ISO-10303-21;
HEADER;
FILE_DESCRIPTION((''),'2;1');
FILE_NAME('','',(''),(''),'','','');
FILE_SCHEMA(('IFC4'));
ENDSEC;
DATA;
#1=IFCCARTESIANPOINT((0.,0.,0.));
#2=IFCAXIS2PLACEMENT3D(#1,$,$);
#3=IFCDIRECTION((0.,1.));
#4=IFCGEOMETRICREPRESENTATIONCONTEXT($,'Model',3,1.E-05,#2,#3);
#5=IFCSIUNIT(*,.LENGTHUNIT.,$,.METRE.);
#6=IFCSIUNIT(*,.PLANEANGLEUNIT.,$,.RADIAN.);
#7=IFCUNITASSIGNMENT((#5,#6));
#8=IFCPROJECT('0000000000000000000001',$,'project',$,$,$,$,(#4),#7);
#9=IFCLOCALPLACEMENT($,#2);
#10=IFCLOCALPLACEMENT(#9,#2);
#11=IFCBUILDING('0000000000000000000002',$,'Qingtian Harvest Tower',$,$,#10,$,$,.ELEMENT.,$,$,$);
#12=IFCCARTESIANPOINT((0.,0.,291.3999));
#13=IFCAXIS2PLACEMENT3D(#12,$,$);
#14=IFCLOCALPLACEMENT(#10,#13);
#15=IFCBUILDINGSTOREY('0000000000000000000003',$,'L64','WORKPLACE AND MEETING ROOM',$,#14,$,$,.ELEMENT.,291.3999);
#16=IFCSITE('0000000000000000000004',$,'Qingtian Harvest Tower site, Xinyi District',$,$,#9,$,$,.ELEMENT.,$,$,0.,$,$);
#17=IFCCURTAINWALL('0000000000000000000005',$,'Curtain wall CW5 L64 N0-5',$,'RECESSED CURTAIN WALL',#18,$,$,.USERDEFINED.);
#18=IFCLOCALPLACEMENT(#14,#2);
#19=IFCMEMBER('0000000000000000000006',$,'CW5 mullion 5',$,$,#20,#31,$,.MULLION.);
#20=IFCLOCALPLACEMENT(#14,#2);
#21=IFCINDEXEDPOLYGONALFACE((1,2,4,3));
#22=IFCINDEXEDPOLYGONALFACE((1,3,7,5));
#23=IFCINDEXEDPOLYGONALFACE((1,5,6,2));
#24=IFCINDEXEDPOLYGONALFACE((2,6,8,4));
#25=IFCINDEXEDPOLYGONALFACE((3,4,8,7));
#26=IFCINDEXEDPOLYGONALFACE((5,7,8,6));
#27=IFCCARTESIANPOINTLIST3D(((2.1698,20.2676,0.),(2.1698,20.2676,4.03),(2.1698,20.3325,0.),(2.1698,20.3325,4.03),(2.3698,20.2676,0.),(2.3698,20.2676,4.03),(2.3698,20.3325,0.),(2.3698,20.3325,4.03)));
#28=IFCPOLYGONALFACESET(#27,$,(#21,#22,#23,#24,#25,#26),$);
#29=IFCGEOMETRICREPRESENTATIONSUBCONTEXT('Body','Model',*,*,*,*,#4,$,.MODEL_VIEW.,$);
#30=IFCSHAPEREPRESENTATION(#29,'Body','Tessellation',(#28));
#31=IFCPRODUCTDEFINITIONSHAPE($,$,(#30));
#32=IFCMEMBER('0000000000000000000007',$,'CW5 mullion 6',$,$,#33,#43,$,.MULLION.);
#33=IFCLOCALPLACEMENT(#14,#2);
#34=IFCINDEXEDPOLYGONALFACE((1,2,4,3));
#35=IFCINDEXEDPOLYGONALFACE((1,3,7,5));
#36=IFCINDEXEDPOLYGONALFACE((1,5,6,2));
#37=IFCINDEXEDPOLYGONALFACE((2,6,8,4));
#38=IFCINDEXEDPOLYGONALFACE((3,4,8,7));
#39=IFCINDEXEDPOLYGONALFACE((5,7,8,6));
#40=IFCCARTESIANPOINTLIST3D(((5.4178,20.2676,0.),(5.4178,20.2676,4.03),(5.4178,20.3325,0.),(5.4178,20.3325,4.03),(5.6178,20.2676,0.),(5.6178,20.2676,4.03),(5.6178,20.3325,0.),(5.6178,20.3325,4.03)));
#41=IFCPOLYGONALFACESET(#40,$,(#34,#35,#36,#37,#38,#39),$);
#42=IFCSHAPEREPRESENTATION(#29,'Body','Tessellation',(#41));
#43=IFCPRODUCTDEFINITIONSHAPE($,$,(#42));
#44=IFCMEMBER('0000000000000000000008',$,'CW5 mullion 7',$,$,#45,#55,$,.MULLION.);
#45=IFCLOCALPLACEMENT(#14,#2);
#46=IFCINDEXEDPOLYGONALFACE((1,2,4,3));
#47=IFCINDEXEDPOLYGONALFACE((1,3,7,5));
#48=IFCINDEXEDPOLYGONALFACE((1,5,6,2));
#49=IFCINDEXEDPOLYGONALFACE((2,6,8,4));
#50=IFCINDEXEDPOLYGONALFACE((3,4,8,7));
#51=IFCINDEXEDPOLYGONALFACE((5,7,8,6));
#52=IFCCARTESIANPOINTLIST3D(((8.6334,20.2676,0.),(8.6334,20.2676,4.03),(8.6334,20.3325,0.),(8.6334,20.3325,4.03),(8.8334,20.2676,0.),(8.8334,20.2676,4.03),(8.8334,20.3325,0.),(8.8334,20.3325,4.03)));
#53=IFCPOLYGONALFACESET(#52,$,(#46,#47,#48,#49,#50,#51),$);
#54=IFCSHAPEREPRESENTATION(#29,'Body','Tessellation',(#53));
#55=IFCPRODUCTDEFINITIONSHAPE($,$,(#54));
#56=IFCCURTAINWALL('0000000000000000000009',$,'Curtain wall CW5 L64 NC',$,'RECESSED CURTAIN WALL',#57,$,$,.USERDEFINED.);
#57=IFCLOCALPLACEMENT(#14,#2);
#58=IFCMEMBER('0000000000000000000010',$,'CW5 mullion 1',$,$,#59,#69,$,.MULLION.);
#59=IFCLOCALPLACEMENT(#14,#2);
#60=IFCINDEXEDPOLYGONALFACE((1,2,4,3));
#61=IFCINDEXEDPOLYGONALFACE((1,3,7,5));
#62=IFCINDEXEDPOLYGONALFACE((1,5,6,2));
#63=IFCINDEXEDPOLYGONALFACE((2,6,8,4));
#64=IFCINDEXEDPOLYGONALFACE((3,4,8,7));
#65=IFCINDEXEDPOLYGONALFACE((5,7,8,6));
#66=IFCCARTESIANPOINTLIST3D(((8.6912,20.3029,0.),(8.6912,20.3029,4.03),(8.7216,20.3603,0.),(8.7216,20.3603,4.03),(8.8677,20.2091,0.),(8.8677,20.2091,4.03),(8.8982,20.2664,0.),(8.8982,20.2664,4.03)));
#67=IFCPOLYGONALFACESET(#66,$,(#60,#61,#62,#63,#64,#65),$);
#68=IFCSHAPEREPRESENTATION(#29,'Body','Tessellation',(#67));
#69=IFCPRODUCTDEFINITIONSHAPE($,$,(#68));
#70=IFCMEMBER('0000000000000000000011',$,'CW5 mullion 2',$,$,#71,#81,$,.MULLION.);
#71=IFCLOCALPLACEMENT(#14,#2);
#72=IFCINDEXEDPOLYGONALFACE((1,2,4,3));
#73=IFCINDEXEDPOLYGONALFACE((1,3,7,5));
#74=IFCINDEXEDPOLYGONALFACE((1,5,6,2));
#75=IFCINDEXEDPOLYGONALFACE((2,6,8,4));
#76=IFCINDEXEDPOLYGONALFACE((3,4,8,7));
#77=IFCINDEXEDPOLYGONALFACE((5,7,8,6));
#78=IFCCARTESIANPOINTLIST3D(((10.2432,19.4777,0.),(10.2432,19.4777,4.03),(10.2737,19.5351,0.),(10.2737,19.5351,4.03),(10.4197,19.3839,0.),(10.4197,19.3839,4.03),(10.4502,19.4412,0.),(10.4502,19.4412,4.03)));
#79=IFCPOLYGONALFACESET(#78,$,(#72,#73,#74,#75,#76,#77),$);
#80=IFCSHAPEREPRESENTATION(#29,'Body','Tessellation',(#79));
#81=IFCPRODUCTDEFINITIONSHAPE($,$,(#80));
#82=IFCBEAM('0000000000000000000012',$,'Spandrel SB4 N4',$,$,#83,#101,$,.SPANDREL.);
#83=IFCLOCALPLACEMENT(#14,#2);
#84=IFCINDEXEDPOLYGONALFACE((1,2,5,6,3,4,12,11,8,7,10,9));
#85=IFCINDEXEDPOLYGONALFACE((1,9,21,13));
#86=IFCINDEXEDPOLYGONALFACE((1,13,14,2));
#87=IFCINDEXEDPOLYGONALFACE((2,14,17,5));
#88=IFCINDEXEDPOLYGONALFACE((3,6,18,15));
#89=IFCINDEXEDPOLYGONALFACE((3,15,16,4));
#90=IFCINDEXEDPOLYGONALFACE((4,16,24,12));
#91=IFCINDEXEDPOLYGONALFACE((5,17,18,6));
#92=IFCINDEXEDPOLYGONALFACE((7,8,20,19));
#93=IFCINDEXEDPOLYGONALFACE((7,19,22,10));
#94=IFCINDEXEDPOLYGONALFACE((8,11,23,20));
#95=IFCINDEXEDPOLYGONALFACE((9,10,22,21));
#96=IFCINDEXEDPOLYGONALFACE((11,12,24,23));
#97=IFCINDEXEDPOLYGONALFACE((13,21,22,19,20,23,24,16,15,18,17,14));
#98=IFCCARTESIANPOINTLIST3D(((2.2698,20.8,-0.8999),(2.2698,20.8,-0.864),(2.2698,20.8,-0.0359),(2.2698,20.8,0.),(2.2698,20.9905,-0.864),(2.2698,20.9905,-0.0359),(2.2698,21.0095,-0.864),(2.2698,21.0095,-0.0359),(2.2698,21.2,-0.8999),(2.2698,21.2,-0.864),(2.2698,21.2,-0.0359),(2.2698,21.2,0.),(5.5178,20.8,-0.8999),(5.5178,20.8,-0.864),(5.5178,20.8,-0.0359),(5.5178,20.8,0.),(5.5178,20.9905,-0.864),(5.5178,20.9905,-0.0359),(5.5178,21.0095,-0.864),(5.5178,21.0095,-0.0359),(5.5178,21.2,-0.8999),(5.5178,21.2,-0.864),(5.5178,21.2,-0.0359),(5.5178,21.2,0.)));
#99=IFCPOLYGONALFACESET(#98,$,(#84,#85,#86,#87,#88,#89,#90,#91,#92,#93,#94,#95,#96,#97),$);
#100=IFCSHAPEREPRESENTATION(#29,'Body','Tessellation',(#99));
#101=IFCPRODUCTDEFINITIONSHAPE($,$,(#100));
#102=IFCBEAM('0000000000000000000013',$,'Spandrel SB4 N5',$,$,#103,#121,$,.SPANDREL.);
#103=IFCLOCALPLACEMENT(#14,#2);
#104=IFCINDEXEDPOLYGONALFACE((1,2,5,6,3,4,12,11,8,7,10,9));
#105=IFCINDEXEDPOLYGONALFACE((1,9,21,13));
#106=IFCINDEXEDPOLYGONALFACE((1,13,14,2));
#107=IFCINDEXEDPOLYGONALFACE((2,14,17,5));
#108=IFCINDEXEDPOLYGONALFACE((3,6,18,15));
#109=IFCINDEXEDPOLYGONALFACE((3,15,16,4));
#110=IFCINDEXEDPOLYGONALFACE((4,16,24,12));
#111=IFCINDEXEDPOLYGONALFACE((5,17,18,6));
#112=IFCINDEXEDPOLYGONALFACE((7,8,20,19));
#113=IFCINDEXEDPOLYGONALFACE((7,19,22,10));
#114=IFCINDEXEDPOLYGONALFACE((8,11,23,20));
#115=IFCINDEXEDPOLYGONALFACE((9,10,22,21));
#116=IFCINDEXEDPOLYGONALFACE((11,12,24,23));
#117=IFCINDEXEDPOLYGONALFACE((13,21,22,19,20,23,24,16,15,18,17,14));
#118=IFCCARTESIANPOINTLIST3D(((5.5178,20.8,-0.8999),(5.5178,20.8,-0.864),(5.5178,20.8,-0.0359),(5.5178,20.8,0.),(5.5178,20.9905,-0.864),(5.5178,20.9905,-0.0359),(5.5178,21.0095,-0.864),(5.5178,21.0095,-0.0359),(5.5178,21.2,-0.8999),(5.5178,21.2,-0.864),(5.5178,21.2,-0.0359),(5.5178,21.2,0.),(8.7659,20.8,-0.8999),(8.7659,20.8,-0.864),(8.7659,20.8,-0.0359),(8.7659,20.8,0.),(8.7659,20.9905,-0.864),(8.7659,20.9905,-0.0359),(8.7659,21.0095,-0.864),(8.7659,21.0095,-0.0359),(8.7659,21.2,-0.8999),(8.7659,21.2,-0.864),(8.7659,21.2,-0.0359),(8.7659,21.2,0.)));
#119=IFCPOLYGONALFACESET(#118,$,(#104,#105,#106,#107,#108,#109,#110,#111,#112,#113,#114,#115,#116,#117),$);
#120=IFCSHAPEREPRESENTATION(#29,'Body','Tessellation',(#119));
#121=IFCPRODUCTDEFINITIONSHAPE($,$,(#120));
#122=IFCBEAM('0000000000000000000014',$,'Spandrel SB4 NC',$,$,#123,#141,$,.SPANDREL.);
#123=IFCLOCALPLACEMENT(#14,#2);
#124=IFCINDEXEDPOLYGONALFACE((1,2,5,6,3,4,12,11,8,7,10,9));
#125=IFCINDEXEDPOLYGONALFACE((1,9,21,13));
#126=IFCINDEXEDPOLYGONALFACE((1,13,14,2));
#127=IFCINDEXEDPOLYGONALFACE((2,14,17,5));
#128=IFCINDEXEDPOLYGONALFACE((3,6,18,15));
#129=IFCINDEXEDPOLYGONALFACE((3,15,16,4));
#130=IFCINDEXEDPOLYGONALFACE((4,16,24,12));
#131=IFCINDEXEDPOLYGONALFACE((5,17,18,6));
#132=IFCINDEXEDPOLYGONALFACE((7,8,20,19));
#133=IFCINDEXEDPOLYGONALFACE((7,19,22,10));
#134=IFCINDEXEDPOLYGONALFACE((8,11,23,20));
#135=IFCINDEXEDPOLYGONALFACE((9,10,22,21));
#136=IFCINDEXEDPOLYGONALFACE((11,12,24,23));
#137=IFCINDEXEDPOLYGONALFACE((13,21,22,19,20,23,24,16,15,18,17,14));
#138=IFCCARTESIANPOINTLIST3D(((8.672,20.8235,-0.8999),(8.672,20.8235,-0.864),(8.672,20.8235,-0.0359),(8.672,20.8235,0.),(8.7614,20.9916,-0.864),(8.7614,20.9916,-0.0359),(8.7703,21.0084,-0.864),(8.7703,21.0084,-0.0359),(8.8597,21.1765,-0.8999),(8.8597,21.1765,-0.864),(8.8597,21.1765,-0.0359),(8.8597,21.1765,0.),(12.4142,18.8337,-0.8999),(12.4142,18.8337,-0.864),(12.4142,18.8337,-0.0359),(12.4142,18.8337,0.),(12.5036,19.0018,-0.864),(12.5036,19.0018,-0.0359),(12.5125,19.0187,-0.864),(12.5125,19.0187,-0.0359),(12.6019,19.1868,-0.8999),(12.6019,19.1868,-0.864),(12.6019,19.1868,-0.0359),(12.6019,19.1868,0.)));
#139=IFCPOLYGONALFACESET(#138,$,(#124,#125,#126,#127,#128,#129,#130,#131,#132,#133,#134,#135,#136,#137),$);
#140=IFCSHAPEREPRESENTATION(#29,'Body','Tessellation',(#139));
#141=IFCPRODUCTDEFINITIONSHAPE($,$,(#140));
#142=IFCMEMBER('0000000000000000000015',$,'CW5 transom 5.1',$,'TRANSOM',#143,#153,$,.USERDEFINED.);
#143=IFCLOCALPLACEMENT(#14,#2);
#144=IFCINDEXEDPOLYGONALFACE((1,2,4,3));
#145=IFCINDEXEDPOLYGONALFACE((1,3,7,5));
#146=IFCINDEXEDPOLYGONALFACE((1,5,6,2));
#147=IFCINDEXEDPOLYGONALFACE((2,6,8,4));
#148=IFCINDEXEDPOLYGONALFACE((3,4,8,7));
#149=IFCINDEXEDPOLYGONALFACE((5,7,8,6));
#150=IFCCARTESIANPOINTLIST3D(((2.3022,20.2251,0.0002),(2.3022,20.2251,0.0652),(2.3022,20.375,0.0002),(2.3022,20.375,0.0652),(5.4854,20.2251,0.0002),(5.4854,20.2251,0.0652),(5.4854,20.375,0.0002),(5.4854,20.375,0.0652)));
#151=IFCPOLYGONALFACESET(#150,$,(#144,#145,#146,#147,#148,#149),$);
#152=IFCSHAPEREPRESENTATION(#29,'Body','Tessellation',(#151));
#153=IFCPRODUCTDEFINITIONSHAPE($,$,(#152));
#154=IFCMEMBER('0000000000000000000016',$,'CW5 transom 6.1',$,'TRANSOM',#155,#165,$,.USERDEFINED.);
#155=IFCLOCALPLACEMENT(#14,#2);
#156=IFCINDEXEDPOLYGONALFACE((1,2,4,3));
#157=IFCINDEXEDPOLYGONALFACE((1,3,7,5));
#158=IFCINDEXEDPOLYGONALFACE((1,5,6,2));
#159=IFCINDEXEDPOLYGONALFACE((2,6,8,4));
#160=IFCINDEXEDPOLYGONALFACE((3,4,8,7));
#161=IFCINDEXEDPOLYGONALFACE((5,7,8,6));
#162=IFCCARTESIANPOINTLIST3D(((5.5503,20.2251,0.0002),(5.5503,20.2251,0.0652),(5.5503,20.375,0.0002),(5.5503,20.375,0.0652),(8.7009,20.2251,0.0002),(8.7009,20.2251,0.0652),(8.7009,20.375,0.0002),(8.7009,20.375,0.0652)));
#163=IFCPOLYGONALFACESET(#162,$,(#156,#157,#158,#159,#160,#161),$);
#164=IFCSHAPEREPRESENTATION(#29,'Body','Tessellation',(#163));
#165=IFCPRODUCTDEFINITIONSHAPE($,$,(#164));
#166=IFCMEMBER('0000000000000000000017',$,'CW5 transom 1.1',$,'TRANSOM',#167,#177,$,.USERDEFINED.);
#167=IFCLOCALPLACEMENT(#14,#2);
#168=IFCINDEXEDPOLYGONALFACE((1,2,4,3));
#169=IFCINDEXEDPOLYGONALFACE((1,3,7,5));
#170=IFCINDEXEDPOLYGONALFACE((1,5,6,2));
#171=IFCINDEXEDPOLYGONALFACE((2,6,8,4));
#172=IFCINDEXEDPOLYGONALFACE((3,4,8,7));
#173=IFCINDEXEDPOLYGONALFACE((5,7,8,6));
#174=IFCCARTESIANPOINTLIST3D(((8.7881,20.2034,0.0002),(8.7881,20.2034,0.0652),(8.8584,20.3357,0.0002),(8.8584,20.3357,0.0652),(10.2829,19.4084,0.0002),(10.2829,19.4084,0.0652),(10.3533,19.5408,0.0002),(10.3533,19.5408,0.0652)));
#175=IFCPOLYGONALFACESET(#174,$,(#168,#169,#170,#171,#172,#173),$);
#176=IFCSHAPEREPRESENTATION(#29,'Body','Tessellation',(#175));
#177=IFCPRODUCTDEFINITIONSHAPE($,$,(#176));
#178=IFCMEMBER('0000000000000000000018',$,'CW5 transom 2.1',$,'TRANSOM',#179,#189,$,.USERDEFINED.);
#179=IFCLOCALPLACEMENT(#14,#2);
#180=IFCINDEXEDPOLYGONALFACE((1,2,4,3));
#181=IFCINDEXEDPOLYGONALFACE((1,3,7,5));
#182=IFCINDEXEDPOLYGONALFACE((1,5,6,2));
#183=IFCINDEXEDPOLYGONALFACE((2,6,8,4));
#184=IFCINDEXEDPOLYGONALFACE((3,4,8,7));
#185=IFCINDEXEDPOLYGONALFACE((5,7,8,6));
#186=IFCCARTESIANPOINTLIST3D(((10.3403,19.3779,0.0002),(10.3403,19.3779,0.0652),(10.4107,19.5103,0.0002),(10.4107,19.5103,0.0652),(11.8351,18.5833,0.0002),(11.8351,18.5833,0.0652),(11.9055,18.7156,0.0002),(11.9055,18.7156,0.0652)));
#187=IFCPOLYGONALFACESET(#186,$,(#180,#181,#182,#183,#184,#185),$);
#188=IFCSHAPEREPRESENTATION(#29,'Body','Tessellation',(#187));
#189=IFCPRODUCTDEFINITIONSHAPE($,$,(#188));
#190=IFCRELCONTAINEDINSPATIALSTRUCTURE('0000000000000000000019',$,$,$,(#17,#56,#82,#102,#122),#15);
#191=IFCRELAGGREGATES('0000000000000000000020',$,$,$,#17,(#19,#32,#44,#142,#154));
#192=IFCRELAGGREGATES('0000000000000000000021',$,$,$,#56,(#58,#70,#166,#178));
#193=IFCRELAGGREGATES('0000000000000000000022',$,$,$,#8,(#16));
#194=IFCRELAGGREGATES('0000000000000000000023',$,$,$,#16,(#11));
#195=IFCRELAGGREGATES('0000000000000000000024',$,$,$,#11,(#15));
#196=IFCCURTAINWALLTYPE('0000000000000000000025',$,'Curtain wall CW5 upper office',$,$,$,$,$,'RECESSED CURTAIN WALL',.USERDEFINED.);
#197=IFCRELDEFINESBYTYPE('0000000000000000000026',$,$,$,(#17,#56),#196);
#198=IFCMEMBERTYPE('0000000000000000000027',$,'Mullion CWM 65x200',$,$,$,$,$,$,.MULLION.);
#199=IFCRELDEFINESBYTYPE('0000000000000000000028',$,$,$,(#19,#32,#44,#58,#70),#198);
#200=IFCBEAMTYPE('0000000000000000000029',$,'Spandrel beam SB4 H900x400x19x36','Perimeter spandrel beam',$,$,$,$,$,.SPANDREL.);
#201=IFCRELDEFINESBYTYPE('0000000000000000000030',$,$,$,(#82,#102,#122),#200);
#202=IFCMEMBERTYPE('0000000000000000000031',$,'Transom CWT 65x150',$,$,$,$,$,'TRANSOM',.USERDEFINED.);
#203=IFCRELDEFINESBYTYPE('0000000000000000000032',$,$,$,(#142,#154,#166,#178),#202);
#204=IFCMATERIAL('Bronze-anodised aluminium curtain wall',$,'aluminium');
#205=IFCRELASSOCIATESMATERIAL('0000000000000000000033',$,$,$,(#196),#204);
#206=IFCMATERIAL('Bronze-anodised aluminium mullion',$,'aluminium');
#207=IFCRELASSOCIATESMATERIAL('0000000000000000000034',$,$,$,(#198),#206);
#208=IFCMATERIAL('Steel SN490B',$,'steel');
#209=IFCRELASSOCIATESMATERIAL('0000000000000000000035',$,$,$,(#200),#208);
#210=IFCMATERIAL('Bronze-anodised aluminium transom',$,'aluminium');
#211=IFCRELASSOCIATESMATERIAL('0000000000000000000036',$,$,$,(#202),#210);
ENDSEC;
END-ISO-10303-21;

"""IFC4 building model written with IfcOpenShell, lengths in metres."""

from ifc_helpers import new_model, si_unit, direction, frame, origin, origin_2d, place, context, subcontext, project, spatial, rectangle, i_section, extrude, material, material_profile, profile_set, type_object, element, aggregate, save


model = new_model("IFC4")

# Units and contexts
model_context = context("Model", 3, precision=1e-05, world=origin(), true_north=direction((0.0, 1.0)))
body_context = subcontext(model_context, "Body", "Model", "MODEL_VIEW")
ifc_project = project(units=[si_unit("LENGTHUNIT", "METRE"), si_unit("PLANEANGLEUNIT", "RADIAN")], contexts=[model_context])

# Site, building, storey
site_placement = place(None, origin())
site = spatial("IfcSite", under=ifc_project, at=site_placement, Name="Qingtian Harvest Tower site, Xinyi District", CompositionType="ELEMENT", RefElevation=0.0)
building_placement = place(site_placement, origin())
building = spatial("IfcBuilding", under=site, at=building_placement, Name="Qingtian Harvest Tower", CompositionType="ELEMENT")
storey_placement = place(building_placement, frame((0.0, 0.0, 291.3999)))
storey = spatial("IfcBuildingStorey", under=building, at=storey_placement, Name="L64", Description="WORKPLACE AND MEETING ROOM", CompositionType="ELEMENT", Elevation=291.3999)

# Curtain walls, members
ifc_material_1 = material(Name="Bronze-anodised aluminium curtain wall", Category="aluminium")
curtain_wall_type = type_object("IfcCurtainWallType", Name="Curtain wall CW5 upper office", ElementType="RECESSED CURTAIN WALL", PredefinedType="USERDEFINED", material=ifc_material_1)
curtain_wall_1_placement = place(storey_placement, origin())
curtain_wall_1 = element("IfcCurtainWall", 1, at=curtain_wall_1_placement, inside=storey, type_object=curtain_wall_type, Name="Curtain wall CW5 L64 N0-5", ObjectType="RECESSED CURTAIN WALL", PredefinedType="USERDEFINED")
ifc_material_2 = material(Name="Bronze-anodised aluminium mullion", Category="aluminium")
ifc_material_profile_1 = material_profile(ifc_material_2, rectangle(XDim=0.0649, YDim=0.2, at=origin_2d()), Name="AL 65x200")
ifc_profile_set_1 = profile_set([ifc_material_profile_1], Name="Bronze-anodised aluminium mullion")
member_type_1 = type_object("IfcMemberType", Name="Mullion CWM 65x200", PredefinedType="MULLION", material=ifc_profile_set_1)
member_1_placement = place(storey_placement, frame((2.2698, 20.3, 0.0), z_axis=(0.0, 0.0, 1.0), x_axis=(0.0, 1.0, 0.0)))
member_1 = element("IfcMember", 2, at=member_1_placement, type_object=member_type_1, Name="CW5 mullion 5", PredefinedType="MULLION", context=body_context, shape_type="SweptSolid", body=[
    extrude(rectangle(XDim=0.0649, YDim=0.2, at=origin_2d()), origin(), (0.0, 0.0, 1.0), 4.03),
])
member_2_placement = place(storey_placement, frame((5.5178, 20.3, 0.0), z_axis=(0.0, 0.0, 1.0), x_axis=(0.0, 1.0, 0.0)))
member_2 = element("IfcMember", 3, at=member_2_placement, type_object=member_type_1, Name="CW5 mullion 6", PredefinedType="MULLION", context=body_context, shape_type="SweptSolid", body=[
    extrude(rectangle(XDim=0.0649, YDim=0.2, at=origin_2d()), origin(), (0.0, 0.0, 1.0), 4.03),
])
member_3_placement = place(storey_placement, frame((8.7334, 20.3, 0.0), z_axis=(0.0, 0.0, 1.0), x_axis=(0.0, 1.0, 0.0)))
member_3 = element("IfcMember", 4, at=member_3_placement, type_object=member_type_1, Name="CW5 mullion 7", PredefinedType="MULLION", context=body_context, shape_type="SweptSolid", body=[
    extrude(rectangle(XDim=0.0649, YDim=0.2, at=origin_2d()), origin(), (0.0, 0.0, 1.0), 4.03),
])
curtain_wall_2_placement = place(storey_placement, origin())
curtain_wall_2 = element("IfcCurtainWall", 5, at=curtain_wall_2_placement, inside=storey, type_object=curtain_wall_type, Name="Curtain wall CW5 L64 NC", ObjectType="RECESSED CURTAIN WALL", PredefinedType="USERDEFINED")
member_4_placement = place(storey_placement, frame((8.7947, 20.2847, 0.0), z_axis=(0.0, 0.0, 1.0), x_axis=(0.469472, 0.882948, 0.0)))
member_4 = element("IfcMember", 6, at=member_4_placement, type_object=member_type_1, Name="CW5 mullion 1", PredefinedType="MULLION", context=body_context, shape_type="SweptSolid", body=[
    extrude(rectangle(XDim=0.0649, YDim=0.2, at=origin_2d()), origin(), (0.0, 0.0, 1.0), 4.03),
])
member_5_placement = place(storey_placement, frame((10.3467, 19.4595, 0.0), z_axis=(0.0, 0.0, 1.0), x_axis=(0.469472, 0.882948, 0.0)))
member_5 = element("IfcMember", 7, at=member_5_placement, type_object=member_type_1, Name="CW5 mullion 2", PredefinedType="MULLION", context=body_context, shape_type="SweptSolid", body=[
    extrude(rectangle(XDim=0.0649, YDim=0.2, at=origin_2d()), origin(), (0.0, 0.0, 1.0), 4.03),
])

# Beams
ifc_material_3 = material(Name="Steel SN490B", Category="steel")
ifc_material_profile_2 = material_profile(ifc_material_3, i_section(OverallWidth=0.3999, OverallDepth=0.8999, WebThickness=0.019, FlangeThickness=0.0359, at=origin_2d()), Name="H900x400x19x36")
ifc_profile_set_2 = profile_set([ifc_material_profile_2], Name="Steel SN490B")
beam_type_1 = type_object("IfcBeamType", Name="Spandrel beam SB4 H900x400x19x36", Description="Perimeter spandrel beam", PredefinedType="SPANDREL", material=ifc_profile_set_2)
for number, where, z_axis, x_axis, name in (
    (8, (2.2698, 21.0, -0.45), (1.0, 0.0, 0.0), (0.0, 1.0, 0.0), "Spandrel SB4 N4"),
    (9, (5.5178, 21.0, -0.45), (1.0, 0.0, 0.0), (0.0, 1.0, 0.0), "Spandrel SB4 N5"),
):
    element("IfcBeam", number, at=place(storey_placement, frame(where, z_axis=z_axis, x_axis=x_axis)), inside=storey, type_object=beam_type_1, Name=name, PredefinedType="SPANDREL", context=body_context, shape_type="SweptSolid", body=[
        extrude(i_section(OverallWidth=0.3999, OverallDepth=0.8999, WebThickness=0.019, FlangeThickness=0.0359, at=origin_2d()), origin(), (0.0, 0.0, 1.0), 3.248),
    ])
beam_1_placement = place(storey_placement, frame((8.7659, 21.0, -0.45), z_axis=(0.882949, -0.46947, 0.0), x_axis=(0.46947, 0.882949, 0.0)))
element("IfcBeam", 10, at=beam_1_placement, inside=storey, type_object=beam_type_1, Name="Spandrel SB4 NC", PredefinedType="SPANDREL", context=body_context, shape_type="SweptSolid", body=[
    extrude(i_section(OverallWidth=0.3999, OverallDepth=0.8999, WebThickness=0.019, FlangeThickness=0.0359, at=origin_2d()), origin(), (0.0, 0.0, 1.0), 4.2383),
])

# Members
ifc_material_4 = material(Name="Bronze-anodised aluminium transom", Category="aluminium")
ifc_material_profile_3 = material_profile(ifc_material_4, rectangle(XDim=0.1499, YDim=0.0649, at=origin_2d()), Name="AL 65x150")
ifc_profile_set_3 = profile_set([ifc_material_profile_3], Name="Bronze-anodised aluminium transom")
member_type_2 = type_object("IfcMemberType", Name="Transom CWT 65x150", ElementType="TRANSOM", PredefinedType="USERDEFINED", material=ifc_profile_set_3)
member_6_placement = place(storey_placement, frame((2.3022, 20.3, 0.0327), z_axis=(1.0, 0.0, 0.0), x_axis=(0.0, 1.0, 0.0)))
member_6 = element("IfcMember", 11, at=member_6_placement, type_object=member_type_2, Name="CW5 transom 5.1", ObjectType="TRANSOM", PredefinedType="USERDEFINED", context=body_context, shape_type="SweptSolid", body=[
    extrude(rectangle(XDim=0.1499, YDim=0.0649, at=origin_2d()), origin(), (0.0, 0.0, 1.0), 3.1831),
])
member_7_placement = place(storey_placement, frame((5.5503, 20.3, 0.0327), z_axis=(1.0, 0.0, 0.0), x_axis=(0.0, 1.0, 0.0)))
member_7 = element("IfcMember", 12, at=member_7_placement, type_object=member_type_2, Name="CW5 transom 6.1", ObjectType="TRANSOM", PredefinedType="USERDEFINED", context=body_context, shape_type="SweptSolid", body=[
    extrude(rectangle(XDim=0.1499, YDim=0.0649, at=origin_2d()), origin(), (0.0, 0.0, 1.0), 3.1506),
])
member_8_placement = place(storey_placement, frame((8.8232, 20.2695, 0.0327), z_axis=(0.882927, -0.46951, 0.0), x_axis=(0.46951, 0.882927, 0.0)))
member_8 = element("IfcMember", 13, at=member_8_placement, type_object=member_type_2, Name="CW5 transom 1.1", ObjectType="TRANSOM", PredefinedType="USERDEFINED", context=body_context, shape_type="SweptSolid", body=[
    extrude(rectangle(XDim=0.1499, YDim=0.0649, at=origin_2d()), origin(), (0.0, 0.0, 1.0), 1.6931),
])
member_9_placement = place(storey_placement, frame((10.3755, 19.4441, 0.0327), z_axis=(0.882987, -0.469398, 0.0), x_axis=(0.469398, 0.882987, 0.0)))
member_9 = element("IfcMember", 14, at=member_9_placement, type_object=member_type_2, Name="CW5 transom 2.1", ObjectType="TRANSOM", PredefinedType="USERDEFINED", context=body_context, shape_type="SweptSolid", body=[
    extrude(rectangle(XDim=0.1499, YDim=0.0649, at=origin_2d()), origin(), (0.0, 0.0, 1.0), 1.6929),
])

aggregate(curtain_wall_1, [member_1, member_2, member_3, member_6, member_7])
aggregate(curtain_wall_2, [member_4, member_5, member_8, member_9])

save(model, "model.ifc")
